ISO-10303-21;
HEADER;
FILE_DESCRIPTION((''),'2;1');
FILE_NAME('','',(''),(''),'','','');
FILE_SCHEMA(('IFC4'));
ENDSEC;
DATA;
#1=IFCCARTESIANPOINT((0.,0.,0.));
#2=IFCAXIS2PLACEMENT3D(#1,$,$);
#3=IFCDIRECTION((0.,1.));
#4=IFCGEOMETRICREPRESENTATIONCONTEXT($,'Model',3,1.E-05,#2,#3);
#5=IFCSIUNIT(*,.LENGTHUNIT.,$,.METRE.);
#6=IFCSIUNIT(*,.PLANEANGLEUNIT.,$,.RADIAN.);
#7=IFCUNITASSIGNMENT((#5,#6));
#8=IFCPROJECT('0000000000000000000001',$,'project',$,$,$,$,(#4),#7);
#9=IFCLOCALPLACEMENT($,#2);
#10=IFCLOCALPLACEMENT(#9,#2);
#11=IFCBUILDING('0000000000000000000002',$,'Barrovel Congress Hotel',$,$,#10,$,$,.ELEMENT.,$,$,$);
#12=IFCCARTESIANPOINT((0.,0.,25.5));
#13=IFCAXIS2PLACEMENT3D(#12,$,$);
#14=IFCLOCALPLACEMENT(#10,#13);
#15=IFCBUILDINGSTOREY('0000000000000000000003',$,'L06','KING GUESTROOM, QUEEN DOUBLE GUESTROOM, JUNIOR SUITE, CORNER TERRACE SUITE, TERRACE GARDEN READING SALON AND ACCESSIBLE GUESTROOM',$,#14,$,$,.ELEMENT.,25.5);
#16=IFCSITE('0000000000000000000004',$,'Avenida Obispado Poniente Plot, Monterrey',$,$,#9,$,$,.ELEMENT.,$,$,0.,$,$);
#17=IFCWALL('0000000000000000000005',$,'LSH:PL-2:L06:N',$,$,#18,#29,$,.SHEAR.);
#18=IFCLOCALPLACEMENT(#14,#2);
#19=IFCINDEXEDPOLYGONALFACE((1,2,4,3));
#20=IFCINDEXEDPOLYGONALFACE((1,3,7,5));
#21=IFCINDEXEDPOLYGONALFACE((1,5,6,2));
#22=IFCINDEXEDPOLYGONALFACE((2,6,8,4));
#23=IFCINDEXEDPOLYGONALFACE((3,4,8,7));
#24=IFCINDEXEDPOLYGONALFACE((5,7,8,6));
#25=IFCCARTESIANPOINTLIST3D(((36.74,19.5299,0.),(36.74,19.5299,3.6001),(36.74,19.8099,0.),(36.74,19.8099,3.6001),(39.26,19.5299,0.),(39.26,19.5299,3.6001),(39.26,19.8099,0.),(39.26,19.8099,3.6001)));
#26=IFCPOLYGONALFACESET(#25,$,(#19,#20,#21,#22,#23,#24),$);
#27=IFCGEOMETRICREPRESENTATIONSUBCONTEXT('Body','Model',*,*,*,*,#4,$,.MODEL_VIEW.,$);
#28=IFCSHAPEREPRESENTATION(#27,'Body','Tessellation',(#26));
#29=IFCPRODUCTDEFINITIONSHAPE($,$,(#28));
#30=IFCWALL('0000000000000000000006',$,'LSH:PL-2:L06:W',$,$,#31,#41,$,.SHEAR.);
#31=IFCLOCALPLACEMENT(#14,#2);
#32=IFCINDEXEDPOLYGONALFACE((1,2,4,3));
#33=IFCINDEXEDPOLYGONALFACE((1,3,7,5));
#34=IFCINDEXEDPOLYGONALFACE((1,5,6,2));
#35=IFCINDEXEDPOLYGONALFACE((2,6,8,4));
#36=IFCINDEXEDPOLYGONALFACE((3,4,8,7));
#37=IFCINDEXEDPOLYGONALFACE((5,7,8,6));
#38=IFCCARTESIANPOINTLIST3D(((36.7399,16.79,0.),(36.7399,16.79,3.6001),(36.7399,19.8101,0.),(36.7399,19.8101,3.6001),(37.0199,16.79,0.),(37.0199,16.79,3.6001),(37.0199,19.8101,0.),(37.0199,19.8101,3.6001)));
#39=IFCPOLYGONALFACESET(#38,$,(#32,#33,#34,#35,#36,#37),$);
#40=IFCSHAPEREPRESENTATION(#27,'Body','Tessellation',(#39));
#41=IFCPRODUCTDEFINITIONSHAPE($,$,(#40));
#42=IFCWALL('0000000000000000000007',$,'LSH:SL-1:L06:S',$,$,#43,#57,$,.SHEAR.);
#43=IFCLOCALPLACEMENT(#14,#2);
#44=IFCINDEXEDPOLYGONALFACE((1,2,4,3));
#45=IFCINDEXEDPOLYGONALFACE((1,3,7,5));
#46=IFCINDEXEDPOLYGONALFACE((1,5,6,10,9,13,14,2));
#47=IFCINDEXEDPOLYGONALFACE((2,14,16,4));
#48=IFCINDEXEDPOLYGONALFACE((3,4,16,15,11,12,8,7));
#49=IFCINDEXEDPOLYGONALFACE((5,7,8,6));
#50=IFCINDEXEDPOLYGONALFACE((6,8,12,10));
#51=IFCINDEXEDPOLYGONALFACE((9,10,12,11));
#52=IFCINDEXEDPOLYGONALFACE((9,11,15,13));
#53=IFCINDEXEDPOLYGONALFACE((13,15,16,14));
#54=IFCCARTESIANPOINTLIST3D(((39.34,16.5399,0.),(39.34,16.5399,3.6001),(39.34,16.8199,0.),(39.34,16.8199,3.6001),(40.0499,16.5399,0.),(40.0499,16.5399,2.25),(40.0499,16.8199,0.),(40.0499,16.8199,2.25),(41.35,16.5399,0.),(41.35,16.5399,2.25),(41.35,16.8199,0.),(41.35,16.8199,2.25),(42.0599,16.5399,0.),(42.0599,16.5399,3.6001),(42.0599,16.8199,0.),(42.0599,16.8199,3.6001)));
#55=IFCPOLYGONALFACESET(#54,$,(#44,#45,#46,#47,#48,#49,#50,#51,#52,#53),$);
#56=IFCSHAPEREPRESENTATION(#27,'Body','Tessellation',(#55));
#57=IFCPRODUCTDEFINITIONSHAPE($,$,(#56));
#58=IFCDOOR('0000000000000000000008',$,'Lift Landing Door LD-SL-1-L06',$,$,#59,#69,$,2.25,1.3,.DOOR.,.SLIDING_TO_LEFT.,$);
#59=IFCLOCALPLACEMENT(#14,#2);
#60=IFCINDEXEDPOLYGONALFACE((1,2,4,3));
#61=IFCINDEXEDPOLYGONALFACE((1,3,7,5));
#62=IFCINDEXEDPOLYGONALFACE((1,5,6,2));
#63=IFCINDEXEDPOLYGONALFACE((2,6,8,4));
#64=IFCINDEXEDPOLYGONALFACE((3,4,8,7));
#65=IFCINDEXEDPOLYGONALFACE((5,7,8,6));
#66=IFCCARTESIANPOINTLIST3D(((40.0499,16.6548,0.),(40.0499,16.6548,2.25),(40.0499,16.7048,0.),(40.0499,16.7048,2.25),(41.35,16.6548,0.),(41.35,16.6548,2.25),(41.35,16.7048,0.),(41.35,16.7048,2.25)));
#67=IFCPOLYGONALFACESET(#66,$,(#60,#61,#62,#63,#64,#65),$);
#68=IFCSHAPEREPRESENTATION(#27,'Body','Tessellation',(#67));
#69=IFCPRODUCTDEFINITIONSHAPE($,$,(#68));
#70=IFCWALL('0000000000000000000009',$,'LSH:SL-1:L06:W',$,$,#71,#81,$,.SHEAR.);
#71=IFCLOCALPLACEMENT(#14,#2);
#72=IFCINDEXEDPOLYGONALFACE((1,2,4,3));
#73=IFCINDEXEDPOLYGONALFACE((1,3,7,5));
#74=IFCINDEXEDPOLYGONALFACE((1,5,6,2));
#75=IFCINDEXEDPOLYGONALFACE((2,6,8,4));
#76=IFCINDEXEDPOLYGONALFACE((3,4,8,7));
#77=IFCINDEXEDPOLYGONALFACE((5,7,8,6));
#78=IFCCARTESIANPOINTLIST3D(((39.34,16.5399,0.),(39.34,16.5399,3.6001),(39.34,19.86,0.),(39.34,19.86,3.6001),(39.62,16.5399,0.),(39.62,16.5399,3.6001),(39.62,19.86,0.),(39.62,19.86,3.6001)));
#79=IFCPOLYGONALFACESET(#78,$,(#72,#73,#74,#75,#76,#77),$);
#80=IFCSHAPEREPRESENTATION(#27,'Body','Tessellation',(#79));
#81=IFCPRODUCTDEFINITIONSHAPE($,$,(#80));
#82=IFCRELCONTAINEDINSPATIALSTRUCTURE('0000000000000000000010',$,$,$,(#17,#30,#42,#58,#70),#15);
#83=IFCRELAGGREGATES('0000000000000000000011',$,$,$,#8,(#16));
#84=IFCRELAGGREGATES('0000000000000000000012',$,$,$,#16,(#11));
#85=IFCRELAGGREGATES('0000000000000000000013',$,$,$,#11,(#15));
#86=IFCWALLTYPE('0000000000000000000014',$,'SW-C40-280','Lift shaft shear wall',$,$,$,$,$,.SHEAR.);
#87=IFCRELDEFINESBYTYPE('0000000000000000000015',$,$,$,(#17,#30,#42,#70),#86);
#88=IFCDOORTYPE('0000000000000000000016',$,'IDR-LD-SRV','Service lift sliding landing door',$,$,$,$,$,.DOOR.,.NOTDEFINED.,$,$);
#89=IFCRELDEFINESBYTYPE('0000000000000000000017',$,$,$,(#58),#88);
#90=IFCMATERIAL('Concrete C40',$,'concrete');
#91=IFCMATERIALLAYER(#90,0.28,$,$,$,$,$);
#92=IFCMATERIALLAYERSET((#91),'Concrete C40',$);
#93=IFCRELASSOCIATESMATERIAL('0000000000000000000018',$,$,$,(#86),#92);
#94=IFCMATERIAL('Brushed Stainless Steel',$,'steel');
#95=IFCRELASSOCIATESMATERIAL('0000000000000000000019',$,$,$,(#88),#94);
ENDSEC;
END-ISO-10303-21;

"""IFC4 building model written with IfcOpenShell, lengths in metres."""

from ifc_helpers import new_model, si_unit, direction, frame, frame_2d, origin, place, context, subcontext, project, spatial, rectangle, extrude, material, layer, layer_set, type_object, element, fill, save


model = new_model("IFC4")

# Units and contexts
model_context = context("Model", 3, precision=1e-05, world=origin(), true_north=direction((0.0, 1.0)))
body_context = subcontext(model_context, "Body", "Model", "MODEL_VIEW")
ifc_project = project(units=[si_unit("LENGTHUNIT", "METRE"), si_unit("PLANEANGLEUNIT", "RADIAN")], contexts=[model_context])

# Site, building, storey
site_placement = place(None, origin())
site = spatial("IfcSite", under=ifc_project, at=site_placement, Name="Avenida Obispado Poniente Plot, Monterrey", CompositionType="ELEMENT", RefElevation=0.0)
building_placement = place(site_placement, origin())
building = spatial("IfcBuilding", under=site, at=building_placement, Name="Barrovel Congress Hotel", CompositionType="ELEMENT")
storey_placement = place(building_placement, frame((0.0, 0.0, 25.5)))
storey = spatial("IfcBuildingStorey", under=building, at=storey_placement, Name="L06", Description="KING GUESTROOM, QUEEN DOUBLE GUESTROOM, JUNIOR SUITE, CORNER TERRACE SUITE, TERRACE GARDEN READING SALON AND ACCESSIBLE GUESTROOM", CompositionType="ELEMENT", Elevation=25.5)

# Shared definitions
ifc_material_1 = material(Name="Concrete C40", Category="concrete")

# Shared definitions
ifc_layer_1 = layer(ifc_material_1, 0.28)
ifc_layer_set_1 = layer_set([ifc_layer_1], Name="Concrete C40")
wall_type_1 = type_object("IfcWallType", Name="SW-C40-280", Description="Lift shaft shear wall", PredefinedType="SHEAR", material=ifc_layer_set_1)
ifc_material_2 = material(Name="Brushed Stainless Steel", Category="steel")

# Walls
wall_1_placement = place(storey_placement, frame((39.26, 19.6699, 0.0), z_axis=(0.0, 0.0, 1.0), x_axis=(-1.0, 0.0, 0.0)))
element("IfcWall", 1, at=wall_1_placement, inside=storey, type_object=wall_type_1, Name="LSH:PL-2:L06:N", PredefinedType="SHEAR", context=body_context, shape_type="SweptSolid", body=[
    extrude(rectangle(XDim=2.52, YDim=0.28, at=frame_2d((1.26, 0.0))), origin(), (0.0, 0.0, 1.0), 3.6001),
])
wall_2_placement = place(storey_placement, frame((36.8799, 19.8101, 0.0), z_axis=(0.0, 0.0, 1.0), x_axis=(0.0, -1.0, 0.0)))
element("IfcWall", 2, at=wall_2_placement, inside=storey, type_object=wall_type_1, Name="LSH:PL-2:L06:W", PredefinedType="SHEAR", context=body_context, shape_type="SweptSolid", body=[
    extrude(rectangle(XDim=3.02, YDim=0.28, at=frame_2d((1.51, 0.0))), origin(), (0.0, 0.0, 1.0), 3.6001),
])

# Wall, opening, door
wall_3_placement = place(storey_placement, frame((39.3401, 16.6799, 0.0), z_axis=(0.0, 0.0, 1.0), x_axis=(1.0, 0.0, 0.0)))
wall_3 = element("IfcWall", 3, at=wall_3_placement, inside=storey, type_object=wall_type_1, Name="LSH:SL-1:L06:S", PredefinedType="SHEAR", context=body_context, shape_type="SweptSolid", body=[
    extrude(rectangle(XDim=2.72, YDim=0.28, at=frame_2d((1.3599, 0.0))), origin(), (0.0, 0.0, 1.0), 3.6001),
])
opening_1_placement = place(wall_3_placement, frame((0.71, 0.0, 0.0)))
opening_1 = element("IfcOpeningElement", 4, at=opening_1_placement, cuts=wall_3, PredefinedType="OPENING", context=body_context, shape_type="SweptSolid", body=[
    extrude(rectangle(XDim=1.3, YDim=2.25, at=frame_2d((0.6499, 1.125))), frame((0.0, 0.1499, 0.0), z_axis=(0.0, -1.0, 0.0), x_axis=(1.0, 0.0, 0.0)), (0.0, 0.0, 1.0), 0.3),
])
door_type_1 = type_object("IfcDoorType", Name="IDR-LD-SRV", Description="Service lift sliding landing door", OperationType="NOTDEFINED", PredefinedType="DOOR", material=ifc_material_2)
door_1_placement = place(opening_1_placement, origin())
door_1 = element("IfcDoor", 5, at=door_1_placement, inside=storey, type_object=door_type_1, Name="Lift Landing Door LD-SL-1-L06", OperationType="SLIDING_TO_LEFT", OverallHeight=2.25, OverallWidth=1.3, PredefinedType="DOOR", context=body_context, shape_type="SweptSolid", body=[
    extrude(rectangle(XDim=1.3, YDim=2.25, at=frame_2d((0.6499, 1.125))), frame((0.0, 0.0249, 0.0), z_axis=(0.0, -1.0, 0.0), x_axis=(1.0, 0.0, 0.0)), (0.0, 0.0, 1.0), 0.05),
])
fill(opening_1, door_1)

# Wall
wall_4_placement = place(storey_placement, frame((39.48, 19.8601, 0.0), z_axis=(0.0, 0.0, 1.0), x_axis=(0.0, -1.0, 0.0)))
element("IfcWall", 6, at=wall_4_placement, inside=storey, type_object=wall_type_1, Name="LSH:SL-1:L06:W", PredefinedType="SHEAR", context=body_context, shape_type="SweptSolid", body=[
    extrude(rectangle(XDim=3.3201, YDim=0.28, at=frame_2d((1.6602, 0.0))), origin(), (0.0, 0.0, 1.0), 3.6001),
])

save(model, "model.ifc")
